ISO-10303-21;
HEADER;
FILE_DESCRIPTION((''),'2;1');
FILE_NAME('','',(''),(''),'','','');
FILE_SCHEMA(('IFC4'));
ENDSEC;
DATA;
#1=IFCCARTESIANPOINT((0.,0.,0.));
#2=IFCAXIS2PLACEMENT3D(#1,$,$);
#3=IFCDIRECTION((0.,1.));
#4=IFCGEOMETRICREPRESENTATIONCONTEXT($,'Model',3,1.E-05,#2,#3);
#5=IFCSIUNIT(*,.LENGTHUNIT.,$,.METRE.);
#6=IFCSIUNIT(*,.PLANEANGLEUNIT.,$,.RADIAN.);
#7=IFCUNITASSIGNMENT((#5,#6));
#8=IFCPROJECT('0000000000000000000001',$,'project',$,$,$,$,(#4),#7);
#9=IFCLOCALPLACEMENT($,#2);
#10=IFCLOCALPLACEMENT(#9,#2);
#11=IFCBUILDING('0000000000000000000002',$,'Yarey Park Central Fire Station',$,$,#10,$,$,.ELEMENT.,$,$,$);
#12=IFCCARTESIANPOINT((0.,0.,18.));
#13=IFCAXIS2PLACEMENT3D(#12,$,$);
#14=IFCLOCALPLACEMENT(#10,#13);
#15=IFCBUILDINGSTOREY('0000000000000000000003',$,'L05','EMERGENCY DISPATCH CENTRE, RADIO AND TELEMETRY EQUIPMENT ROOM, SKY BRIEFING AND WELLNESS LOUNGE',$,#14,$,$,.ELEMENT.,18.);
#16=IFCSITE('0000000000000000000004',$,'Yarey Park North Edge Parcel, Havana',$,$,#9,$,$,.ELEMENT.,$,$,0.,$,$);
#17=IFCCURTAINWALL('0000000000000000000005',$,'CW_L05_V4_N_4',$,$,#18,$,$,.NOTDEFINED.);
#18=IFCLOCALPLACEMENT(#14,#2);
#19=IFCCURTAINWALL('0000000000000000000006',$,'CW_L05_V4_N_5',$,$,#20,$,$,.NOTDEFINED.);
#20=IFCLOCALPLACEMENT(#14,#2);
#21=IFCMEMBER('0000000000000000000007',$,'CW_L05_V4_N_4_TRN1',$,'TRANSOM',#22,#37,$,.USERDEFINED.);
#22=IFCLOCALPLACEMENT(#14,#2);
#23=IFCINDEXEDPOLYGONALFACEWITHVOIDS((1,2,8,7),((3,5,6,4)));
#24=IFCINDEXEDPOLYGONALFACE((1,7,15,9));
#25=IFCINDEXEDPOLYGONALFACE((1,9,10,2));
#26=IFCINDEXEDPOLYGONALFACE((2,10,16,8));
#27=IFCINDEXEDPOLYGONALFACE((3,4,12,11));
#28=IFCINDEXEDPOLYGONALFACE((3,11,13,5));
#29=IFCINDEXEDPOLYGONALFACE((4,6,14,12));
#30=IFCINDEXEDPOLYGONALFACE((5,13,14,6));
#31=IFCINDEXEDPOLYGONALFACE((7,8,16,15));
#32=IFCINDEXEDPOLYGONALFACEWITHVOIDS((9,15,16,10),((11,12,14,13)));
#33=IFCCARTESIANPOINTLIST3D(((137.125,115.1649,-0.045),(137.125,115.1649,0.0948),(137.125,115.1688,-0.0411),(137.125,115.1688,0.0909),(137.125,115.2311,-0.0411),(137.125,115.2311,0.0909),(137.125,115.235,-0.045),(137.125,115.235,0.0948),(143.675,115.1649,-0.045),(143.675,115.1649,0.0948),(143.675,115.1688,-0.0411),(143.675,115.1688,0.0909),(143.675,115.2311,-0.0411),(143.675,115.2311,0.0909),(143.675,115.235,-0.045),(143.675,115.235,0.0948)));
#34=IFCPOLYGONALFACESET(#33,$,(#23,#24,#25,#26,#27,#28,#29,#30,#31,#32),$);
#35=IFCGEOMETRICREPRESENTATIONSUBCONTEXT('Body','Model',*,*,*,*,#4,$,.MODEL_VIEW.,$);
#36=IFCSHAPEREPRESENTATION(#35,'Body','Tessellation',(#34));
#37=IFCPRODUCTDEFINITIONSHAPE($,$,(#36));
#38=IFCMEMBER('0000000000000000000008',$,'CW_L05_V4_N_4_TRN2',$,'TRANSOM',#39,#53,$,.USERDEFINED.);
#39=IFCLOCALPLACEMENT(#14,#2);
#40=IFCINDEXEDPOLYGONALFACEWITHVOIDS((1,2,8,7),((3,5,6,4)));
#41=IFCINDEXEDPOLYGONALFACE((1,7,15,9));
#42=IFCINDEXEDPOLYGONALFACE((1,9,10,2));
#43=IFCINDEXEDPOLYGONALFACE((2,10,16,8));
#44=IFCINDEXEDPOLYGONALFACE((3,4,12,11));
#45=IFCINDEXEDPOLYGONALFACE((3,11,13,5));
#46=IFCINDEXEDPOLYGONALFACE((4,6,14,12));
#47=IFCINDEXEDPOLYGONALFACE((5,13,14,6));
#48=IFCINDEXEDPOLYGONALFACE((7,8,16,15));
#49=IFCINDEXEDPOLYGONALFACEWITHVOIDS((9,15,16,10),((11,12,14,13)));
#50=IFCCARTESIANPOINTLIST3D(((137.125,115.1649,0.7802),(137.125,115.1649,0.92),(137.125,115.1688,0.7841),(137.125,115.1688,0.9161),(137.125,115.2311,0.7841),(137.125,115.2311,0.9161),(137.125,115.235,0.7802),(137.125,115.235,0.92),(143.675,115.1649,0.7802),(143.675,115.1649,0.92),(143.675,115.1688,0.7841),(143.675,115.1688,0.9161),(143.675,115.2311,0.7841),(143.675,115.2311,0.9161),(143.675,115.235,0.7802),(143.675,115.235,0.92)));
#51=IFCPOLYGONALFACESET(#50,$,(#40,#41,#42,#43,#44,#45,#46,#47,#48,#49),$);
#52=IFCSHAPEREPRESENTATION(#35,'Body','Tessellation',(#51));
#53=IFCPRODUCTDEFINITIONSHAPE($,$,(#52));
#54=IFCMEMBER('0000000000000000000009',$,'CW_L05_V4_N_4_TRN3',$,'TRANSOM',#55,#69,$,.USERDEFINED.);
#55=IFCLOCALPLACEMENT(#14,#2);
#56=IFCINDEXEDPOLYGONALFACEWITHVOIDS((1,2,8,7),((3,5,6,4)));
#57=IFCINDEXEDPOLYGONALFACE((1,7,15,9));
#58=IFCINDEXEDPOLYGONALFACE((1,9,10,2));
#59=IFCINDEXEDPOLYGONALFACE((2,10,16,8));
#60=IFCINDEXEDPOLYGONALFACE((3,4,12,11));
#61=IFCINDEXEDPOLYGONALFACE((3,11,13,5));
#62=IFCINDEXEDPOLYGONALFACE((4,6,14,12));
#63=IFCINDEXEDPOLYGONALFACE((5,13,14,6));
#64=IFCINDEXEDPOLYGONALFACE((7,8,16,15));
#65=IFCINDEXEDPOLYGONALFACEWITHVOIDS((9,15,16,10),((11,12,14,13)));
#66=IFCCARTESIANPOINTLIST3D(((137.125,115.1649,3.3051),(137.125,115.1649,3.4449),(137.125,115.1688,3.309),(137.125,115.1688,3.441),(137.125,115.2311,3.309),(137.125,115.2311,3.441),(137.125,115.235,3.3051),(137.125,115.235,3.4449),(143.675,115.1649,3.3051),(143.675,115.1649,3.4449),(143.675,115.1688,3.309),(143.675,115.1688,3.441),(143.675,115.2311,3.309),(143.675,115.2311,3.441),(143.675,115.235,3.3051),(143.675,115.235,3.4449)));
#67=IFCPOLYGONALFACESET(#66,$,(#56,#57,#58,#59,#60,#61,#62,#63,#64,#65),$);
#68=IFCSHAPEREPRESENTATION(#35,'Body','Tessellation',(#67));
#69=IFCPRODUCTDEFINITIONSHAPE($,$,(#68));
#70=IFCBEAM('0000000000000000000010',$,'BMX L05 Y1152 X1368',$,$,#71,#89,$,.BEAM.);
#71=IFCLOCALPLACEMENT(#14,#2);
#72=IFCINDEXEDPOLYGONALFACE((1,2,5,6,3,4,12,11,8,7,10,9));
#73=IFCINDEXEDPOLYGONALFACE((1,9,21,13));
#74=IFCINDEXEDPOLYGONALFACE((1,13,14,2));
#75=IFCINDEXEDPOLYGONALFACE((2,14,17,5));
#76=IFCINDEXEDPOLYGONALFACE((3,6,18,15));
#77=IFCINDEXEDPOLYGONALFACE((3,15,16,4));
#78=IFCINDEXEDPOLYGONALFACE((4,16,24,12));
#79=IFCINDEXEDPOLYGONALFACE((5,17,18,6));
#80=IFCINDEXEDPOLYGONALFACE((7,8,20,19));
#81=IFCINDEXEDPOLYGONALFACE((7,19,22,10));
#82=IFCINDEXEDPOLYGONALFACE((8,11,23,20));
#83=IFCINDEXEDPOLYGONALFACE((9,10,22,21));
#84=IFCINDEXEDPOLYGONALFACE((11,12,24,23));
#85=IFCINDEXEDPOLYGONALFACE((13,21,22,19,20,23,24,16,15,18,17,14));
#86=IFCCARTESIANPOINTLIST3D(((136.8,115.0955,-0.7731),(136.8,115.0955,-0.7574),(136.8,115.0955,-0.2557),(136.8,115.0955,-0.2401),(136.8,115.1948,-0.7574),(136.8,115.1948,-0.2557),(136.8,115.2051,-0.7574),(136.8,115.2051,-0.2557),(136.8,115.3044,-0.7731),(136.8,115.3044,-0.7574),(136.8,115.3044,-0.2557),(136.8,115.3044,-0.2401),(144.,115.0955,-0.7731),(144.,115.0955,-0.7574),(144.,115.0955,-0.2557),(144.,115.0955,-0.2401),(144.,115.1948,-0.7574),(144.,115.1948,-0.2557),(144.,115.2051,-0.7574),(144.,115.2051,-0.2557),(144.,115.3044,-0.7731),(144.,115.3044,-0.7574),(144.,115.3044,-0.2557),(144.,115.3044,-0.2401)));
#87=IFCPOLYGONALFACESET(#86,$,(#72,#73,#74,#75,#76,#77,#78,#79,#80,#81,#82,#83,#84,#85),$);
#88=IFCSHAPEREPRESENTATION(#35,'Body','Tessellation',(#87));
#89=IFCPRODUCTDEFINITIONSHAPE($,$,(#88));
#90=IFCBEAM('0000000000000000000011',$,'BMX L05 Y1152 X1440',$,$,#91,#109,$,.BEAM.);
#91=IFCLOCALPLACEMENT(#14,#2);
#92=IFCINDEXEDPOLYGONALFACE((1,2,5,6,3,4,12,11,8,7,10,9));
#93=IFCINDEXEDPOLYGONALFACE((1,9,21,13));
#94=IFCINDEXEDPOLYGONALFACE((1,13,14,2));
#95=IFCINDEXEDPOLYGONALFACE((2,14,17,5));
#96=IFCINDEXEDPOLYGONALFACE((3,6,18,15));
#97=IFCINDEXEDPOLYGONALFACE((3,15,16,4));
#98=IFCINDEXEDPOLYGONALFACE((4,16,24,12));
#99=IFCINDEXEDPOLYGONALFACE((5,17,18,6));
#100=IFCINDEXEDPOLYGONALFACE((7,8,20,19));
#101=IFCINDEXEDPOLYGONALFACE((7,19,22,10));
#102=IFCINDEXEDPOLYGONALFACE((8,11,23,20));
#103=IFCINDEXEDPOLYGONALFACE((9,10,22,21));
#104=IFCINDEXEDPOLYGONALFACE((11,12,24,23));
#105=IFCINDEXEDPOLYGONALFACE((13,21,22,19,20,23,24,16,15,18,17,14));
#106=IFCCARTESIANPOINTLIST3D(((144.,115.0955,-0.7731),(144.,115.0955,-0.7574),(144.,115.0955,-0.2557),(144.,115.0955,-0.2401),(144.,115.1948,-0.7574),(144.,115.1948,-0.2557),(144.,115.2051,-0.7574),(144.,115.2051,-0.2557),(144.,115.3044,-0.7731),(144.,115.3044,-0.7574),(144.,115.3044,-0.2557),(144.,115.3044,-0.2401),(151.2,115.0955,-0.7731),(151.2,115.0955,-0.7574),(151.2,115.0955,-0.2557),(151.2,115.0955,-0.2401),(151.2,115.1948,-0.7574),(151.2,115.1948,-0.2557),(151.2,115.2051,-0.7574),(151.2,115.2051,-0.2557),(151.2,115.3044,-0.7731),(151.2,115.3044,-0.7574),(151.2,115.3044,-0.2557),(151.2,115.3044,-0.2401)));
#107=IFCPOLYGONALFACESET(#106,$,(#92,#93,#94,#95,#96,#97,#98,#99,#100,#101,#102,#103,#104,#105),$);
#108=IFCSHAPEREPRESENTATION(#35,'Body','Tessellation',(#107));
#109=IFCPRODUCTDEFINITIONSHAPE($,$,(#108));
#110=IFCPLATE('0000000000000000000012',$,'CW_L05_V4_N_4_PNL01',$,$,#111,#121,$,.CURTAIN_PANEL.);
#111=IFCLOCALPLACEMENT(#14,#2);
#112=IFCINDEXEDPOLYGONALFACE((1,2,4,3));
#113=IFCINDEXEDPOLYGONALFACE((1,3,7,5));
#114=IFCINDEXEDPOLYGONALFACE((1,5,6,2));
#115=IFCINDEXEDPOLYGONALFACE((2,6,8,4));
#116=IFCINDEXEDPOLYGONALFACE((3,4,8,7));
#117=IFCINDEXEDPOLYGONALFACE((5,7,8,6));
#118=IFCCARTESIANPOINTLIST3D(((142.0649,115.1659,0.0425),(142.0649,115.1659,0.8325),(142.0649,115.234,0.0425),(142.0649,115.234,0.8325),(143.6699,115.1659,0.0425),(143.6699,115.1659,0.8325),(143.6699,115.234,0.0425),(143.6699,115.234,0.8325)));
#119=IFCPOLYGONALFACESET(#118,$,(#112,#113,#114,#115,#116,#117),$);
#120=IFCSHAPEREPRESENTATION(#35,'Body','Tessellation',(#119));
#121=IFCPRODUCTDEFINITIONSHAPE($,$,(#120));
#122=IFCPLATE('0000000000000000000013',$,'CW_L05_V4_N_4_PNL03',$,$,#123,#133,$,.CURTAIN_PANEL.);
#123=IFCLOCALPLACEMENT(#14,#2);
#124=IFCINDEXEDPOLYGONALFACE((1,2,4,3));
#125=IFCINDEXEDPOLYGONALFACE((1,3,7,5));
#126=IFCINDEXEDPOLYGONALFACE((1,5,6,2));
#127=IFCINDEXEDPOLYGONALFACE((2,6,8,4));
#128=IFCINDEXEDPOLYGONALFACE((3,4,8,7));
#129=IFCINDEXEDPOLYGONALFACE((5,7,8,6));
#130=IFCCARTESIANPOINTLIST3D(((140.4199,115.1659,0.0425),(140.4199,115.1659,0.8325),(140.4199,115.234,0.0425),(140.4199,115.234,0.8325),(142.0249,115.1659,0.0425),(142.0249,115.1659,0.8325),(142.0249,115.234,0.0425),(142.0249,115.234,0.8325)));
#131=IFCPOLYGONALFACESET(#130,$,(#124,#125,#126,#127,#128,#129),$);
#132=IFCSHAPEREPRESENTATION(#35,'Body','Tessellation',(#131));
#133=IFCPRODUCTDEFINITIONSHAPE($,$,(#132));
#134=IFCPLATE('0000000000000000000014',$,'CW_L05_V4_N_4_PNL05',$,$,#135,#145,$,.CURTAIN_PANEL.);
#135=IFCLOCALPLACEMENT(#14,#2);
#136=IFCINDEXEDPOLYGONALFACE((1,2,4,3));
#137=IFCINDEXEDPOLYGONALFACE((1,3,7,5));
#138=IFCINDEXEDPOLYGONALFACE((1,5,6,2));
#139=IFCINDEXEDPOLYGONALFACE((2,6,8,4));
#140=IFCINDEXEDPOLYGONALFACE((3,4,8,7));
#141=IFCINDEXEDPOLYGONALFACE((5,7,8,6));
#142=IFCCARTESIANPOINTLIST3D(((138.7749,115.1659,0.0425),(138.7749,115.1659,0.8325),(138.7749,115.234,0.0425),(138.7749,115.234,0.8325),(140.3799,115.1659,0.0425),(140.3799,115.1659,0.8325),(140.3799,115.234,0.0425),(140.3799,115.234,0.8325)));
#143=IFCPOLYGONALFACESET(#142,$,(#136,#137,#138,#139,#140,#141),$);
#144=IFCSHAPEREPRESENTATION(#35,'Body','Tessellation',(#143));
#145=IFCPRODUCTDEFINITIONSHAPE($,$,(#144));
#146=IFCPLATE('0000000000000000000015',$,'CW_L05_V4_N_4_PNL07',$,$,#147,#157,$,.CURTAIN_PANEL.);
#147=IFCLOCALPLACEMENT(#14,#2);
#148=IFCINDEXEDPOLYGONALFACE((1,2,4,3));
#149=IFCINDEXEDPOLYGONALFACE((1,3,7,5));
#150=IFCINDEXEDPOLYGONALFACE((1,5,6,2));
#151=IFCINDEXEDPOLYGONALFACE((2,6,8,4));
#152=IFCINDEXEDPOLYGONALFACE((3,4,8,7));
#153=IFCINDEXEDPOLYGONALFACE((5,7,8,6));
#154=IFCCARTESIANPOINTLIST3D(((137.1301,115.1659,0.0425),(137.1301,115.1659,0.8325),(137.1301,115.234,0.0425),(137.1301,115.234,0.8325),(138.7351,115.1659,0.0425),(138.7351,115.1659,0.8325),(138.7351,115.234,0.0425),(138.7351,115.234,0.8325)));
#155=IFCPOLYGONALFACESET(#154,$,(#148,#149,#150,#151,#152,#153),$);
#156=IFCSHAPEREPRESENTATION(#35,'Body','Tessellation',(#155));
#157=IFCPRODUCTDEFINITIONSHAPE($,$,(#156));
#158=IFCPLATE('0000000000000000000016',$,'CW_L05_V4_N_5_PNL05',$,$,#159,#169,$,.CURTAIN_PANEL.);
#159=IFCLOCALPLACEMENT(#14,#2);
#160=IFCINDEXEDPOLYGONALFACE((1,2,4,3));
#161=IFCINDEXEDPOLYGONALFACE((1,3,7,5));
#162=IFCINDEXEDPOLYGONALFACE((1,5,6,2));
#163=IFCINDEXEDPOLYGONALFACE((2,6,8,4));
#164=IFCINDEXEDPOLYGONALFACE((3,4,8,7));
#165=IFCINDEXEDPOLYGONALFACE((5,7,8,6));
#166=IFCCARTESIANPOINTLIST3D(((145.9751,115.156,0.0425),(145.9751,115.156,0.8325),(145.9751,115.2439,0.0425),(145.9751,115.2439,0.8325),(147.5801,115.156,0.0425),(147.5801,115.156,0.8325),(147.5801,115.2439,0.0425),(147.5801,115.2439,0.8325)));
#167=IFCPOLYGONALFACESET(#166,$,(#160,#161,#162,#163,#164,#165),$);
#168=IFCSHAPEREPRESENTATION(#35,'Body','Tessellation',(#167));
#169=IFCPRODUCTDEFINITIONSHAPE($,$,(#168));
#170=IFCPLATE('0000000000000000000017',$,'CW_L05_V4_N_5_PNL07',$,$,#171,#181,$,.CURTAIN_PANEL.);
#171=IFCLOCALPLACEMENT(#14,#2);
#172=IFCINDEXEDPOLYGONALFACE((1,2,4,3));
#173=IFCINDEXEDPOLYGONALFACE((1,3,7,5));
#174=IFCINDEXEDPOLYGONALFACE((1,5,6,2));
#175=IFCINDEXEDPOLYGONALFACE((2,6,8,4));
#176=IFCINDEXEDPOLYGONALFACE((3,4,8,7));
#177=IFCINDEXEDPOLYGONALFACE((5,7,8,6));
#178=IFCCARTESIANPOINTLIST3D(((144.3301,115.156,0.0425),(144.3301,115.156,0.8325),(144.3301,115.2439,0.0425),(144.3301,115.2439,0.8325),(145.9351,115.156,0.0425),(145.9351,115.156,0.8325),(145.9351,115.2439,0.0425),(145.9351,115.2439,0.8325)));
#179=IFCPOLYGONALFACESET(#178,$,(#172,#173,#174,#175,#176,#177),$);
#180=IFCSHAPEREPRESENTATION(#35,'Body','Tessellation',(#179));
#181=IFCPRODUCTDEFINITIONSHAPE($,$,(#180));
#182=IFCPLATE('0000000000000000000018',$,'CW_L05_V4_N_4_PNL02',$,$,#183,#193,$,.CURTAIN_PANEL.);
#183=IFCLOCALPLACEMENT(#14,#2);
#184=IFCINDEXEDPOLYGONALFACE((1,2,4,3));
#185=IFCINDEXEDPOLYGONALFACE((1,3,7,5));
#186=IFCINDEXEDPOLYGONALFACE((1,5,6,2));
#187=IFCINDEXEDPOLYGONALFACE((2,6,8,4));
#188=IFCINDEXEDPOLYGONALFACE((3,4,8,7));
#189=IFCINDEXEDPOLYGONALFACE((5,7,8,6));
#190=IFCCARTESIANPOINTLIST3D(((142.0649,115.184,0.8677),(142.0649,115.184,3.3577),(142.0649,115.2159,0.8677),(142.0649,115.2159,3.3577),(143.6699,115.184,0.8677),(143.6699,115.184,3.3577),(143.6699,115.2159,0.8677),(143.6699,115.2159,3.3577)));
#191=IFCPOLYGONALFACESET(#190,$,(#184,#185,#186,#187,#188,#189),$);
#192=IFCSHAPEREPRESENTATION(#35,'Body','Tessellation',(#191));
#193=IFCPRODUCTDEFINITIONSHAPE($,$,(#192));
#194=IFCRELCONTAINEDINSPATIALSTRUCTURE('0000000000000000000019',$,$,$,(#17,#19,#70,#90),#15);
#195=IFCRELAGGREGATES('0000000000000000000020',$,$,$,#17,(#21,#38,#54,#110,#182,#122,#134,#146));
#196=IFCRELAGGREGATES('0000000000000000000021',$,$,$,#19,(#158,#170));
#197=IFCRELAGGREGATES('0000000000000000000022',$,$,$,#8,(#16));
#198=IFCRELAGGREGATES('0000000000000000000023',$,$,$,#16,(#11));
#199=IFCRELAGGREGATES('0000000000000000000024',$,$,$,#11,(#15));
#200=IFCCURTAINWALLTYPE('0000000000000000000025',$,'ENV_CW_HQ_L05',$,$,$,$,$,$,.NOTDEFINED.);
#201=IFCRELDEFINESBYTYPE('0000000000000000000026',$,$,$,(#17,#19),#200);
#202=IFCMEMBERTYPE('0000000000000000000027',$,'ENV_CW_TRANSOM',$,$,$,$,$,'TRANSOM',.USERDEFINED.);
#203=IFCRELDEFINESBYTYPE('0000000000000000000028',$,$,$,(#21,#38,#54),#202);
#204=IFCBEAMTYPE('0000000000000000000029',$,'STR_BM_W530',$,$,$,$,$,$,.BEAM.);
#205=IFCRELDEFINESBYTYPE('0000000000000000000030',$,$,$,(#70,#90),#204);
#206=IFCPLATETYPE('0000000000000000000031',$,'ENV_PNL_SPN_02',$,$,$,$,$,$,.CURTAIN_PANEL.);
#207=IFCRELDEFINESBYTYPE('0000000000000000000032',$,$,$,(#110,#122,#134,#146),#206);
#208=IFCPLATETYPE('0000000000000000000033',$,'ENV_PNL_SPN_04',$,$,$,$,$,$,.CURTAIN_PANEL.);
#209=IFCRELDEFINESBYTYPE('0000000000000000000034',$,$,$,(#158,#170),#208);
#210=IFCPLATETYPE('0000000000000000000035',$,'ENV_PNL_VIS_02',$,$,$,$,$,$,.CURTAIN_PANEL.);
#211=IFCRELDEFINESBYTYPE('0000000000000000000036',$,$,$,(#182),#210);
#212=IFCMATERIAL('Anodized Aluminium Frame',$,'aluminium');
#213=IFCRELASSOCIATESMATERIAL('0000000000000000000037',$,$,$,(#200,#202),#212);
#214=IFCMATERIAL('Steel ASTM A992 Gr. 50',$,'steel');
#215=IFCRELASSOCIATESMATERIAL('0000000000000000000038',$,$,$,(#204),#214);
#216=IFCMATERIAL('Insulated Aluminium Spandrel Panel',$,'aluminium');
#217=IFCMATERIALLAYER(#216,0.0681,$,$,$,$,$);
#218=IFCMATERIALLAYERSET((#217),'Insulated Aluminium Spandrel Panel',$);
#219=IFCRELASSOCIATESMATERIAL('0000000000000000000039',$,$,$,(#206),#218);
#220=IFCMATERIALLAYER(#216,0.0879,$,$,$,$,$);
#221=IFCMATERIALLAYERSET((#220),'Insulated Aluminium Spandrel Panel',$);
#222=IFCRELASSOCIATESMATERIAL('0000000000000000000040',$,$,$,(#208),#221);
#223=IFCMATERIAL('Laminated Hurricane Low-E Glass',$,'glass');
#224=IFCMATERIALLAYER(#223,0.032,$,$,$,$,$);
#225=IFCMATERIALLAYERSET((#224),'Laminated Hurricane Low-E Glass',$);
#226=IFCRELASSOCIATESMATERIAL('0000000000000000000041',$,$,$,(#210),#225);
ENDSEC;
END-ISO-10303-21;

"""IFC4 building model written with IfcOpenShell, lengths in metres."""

from ifc_helpers import new_model, si_unit, direction, frame, origin, origin_2d, place, context, subcontext, project, spatial, rectangle, hollow_rectangle, i_section, extrude, material, layer, layer_set, material_profile, profile_set, type_object, element, aggregate, save


model = new_model("IFC4")

# Units and contexts
model_context = context("Model", 3, precision=1e-05, world=origin(), true_north=direction((0.0, 1.0)))
body_context = subcontext(model_context, "Body", "Model", "MODEL_VIEW")
ifc_project = project(units=[si_unit("LENGTHUNIT", "METRE"), si_unit("PLANEANGLEUNIT", "RADIAN")], contexts=[model_context])

# Site, building, storey
site_placement = place(None, origin())
site = spatial("IfcSite", under=ifc_project, at=site_placement, Name="Yarey Park North Edge Parcel, Havana", CompositionType="ELEMENT", RefElevation=0.0)
building_placement = place(site_placement, origin())
building = spatial("IfcBuilding", under=site, at=building_placement, Name="Yarey Park Central Fire Station", CompositionType="ELEMENT")
storey_placement = place(building_placement, frame((0.0, 0.0, 18.0)))
storey = spatial("IfcBuildingStorey", under=building, at=storey_placement, Name="L05", Description="EMERGENCY DISPATCH CENTRE, RADIO AND TELEMETRY EQUIPMENT ROOM, SKY BRIEFING AND WELLNESS LOUNGE", CompositionType="ELEMENT", Elevation=18.0)

# Curtain walls
ifc_material_1 = material(Name="Anodized Aluminium Frame", Category="aluminium")
curtain_wall_type = type_object("IfcCurtainWallType", Name="ENV_CW_HQ_L05", PredefinedType="NOTDEFINED", material=ifc_material_1)
curtain_wall_1_placement = place(storey_placement, origin())
curtain_wall_1 = element("IfcCurtainWall", 1, at=curtain_wall_1_placement, inside=storey, type_object=curtain_wall_type, Name="CW_L05_V4_N_4", PredefinedType="NOTDEFINED")
curtain_wall_2_placement = place(storey_placement, origin())
curtain_wall_2 = element("IfcCurtainWall", 2, at=curtain_wall_2_placement, inside=storey, type_object=curtain_wall_type, Name="CW_L05_V4_N_5", PredefinedType="NOTDEFINED")
ifc_material_profile_1 = material_profile(ifc_material_1, hollow_rectangle(XDim=0.0701, YDim=0.1399, WallThickness=0.0039, at=origin_2d()), Name="ALU 140x70x4")
ifc_profile_set_1 = profile_set([ifc_material_profile_1], Name="Anodized Aluminium Frame")
member_type_1 = type_object("IfcMemberType", Name="ENV_CW_TRANSOM", ElementType="TRANSOM", PredefinedType="USERDEFINED", material=ifc_profile_set_1)

# Members
member_1_placement = place(storey_placement, frame((143.675, 115.2, 0.0249), z_axis=(-1.0, 0.0, 0.0), x_axis=(0.0, -1.0, 0.0)))
member_1 = element("IfcMember", 3, at=member_1_placement, type_object=member_type_1, Name="CW_L05_V4_N_4_TRN1", ObjectType="TRANSOM", PredefinedType="USERDEFINED", context=body_context, shape_type="SweptSolid", body=[
    extrude(hollow_rectangle(XDim=0.0701, YDim=0.1399, WallThickness=0.0039, at=origin_2d()), origin(), (0.0, 0.0, 1.0), 6.55),
])
member_2_placement = place(storey_placement, frame((143.675, 115.2, 0.8501), z_axis=(-1.0, 0.0, 0.0), x_axis=(0.0, -1.0, 0.0)))
member_2 = element("IfcMember", 4, at=member_2_placement, type_object=member_type_1, Name="CW_L05_V4_N_4_TRN2", ObjectType="TRANSOM", PredefinedType="USERDEFINED", context=body_context, shape_type="SweptSolid", body=[
    extrude(hollow_rectangle(XDim=0.0701, YDim=0.1399, WallThickness=0.0039, at=origin_2d()), origin(), (0.0, 0.0, 1.0), 6.55),
])
member_3_placement = place(storey_placement, frame((143.675, 115.2, 3.375), z_axis=(-1.0, 0.0, 0.0), x_axis=(0.0, -1.0, 0.0)))
member_3 = element("IfcMember", 5, at=member_3_placement, type_object=member_type_1, Name="CW_L05_V4_N_4_TRN3", ObjectType="TRANSOM", PredefinedType="USERDEFINED", context=body_context, shape_type="SweptSolid", body=[
    extrude(hollow_rectangle(XDim=0.0701, YDim=0.1399, WallThickness=0.0039, at=origin_2d()), origin(), (0.0, 0.0, 1.0), 6.55),
])

# Beams
ifc_material_2 = material(Name="Steel ASTM A992 Gr. 50", Category="steel")
ifc_material_profile_2 = material_profile(ifc_material_2, i_section(OverallWidth=0.209, OverallDepth=0.533, WebThickness=0.0103, FlangeThickness=0.0156, at=origin_2d()), Name="W530x92")
ifc_profile_set_2 = profile_set([ifc_material_profile_2], Name="Steel ASTM A992 Gr. 50")
beam_type = type_object("IfcBeamType", Name="STR_BM_W530", PredefinedType="BEAM", material=ifc_profile_set_2)
for number, where, z_axis, x_axis, name in (
    (6, (136.8, 115.2, -0.5066), (1.0, 0.0, 0.0), (0.0, 1.0, 0.0), "BMX L05 Y1152 X1368"),
    (7, (144.0, 115.2, -0.5066), (1.0, 0.0, 0.0), (0.0, 1.0, 0.0), "BMX L05 Y1152 X1440"),
):
    element("IfcBeam", number, at=place(storey_placement, frame(where, z_axis=z_axis, x_axis=x_axis)), inside=storey, type_object=beam_type, Name=name, PredefinedType="BEAM", context=body_context, shape_type="SweptSolid", body=[
        extrude(i_section(OverallWidth=0.209, OverallDepth=0.533, WebThickness=0.0103, FlangeThickness=0.0156, at=origin_2d()), origin(), (0.0, 0.0, 1.0), 7.2),
    ])

# Plates
ifc_material_3 = material(Name="Insulated Aluminium Spandrel Panel", Category="aluminium")
ifc_layer_1 = layer(ifc_material_3, 0.0681)
ifc_layer_set_1 = layer_set([ifc_layer_1], Name="Insulated Aluminium Spandrel Panel")
plate_type_1 = type_object("IfcPlateType", Name="ENV_PNL_SPN_02", PredefinedType="CURTAIN_PANEL", material=ifc_layer_set_1)
plate_1_placement = place(storey_placement, frame((142.8674, 115.2, 0.0425), z_axis=(0.0, 0.0, 1.0), x_axis=(-1.0, 0.0, 0.0)))
plate_1 = element("IfcPlate", 8, at=plate_1_placement, type_object=plate_type_1, Name="CW_L05_V4_N_4_PNL01", PredefinedType="CURTAIN_PANEL", context=body_context, shape_type="SweptSolid", body=[
    extrude(rectangle(XDim=1.605, YDim=0.0681, at=origin_2d()), origin(), (0.0, 0.0, 1.0), 0.79),
])
plate_2_placement = place(storey_placement, frame((141.2224, 115.2, 0.0425), z_axis=(0.0, 0.0, 1.0), x_axis=(-1.0, 0.0, 0.0)))
plate_2 = element("IfcPlate", 9, at=plate_2_placement, type_object=plate_type_1, Name="CW_L05_V4_N_4_PNL03", PredefinedType="CURTAIN_PANEL", context=body_context, shape_type="SweptSolid", body=[
    extrude(rectangle(XDim=1.605, YDim=0.0681, at=origin_2d()), origin(), (0.0, 0.0, 1.0), 0.79),
])
plate_3_placement = place(storey_placement, frame((139.5774, 115.2, 0.0425), z_axis=(0.0, 0.0, 1.0), x_axis=(-1.0, 0.0, 0.0)))
plate_3 = element("IfcPlate", 10, at=plate_3_placement, type_object=plate_type_1, Name="CW_L05_V4_N_4_PNL05", PredefinedType="CURTAIN_PANEL", context=body_context, shape_type="SweptSolid", body=[
    extrude(rectangle(XDim=1.605, YDim=0.0681, at=origin_2d()), origin(), (0.0, 0.0, 1.0), 0.79),
])
plate_4_placement = place(storey_placement, frame((137.9326, 115.2, 0.0425), z_axis=(0.0, 0.0, 1.0), x_axis=(-1.0, 0.0, 0.0)))
plate_4 = element("IfcPlate", 11, at=plate_4_placement, type_object=plate_type_1, Name="CW_L05_V4_N_4_PNL07", PredefinedType="CURTAIN_PANEL", context=body_context, shape_type="SweptSolid", body=[
    extrude(rectangle(XDim=1.605, YDim=0.0681, at=origin_2d()), origin(), (0.0, 0.0, 1.0), 0.79),
])
ifc_layer_2 = layer(ifc_material_3, 0.0879)
ifc_layer_set_2 = layer_set([ifc_layer_2], Name="Insulated Aluminium Spandrel Panel")
plate_type_2 = type_object("IfcPlateType", Name="ENV_PNL_SPN_04", PredefinedType="CURTAIN_PANEL", material=ifc_layer_set_2)
plate_5_placement = place(storey_placement, frame((146.7776, 115.2, 0.0425), z_axis=(0.0, 0.0, 1.0), x_axis=(-1.0, 0.0, 0.0)))
plate_5 = element("IfcPlate", 12, at=plate_5_placement, type_object=plate_type_2, Name="CW_L05_V4_N_5_PNL05", PredefinedType="CURTAIN_PANEL", context=body_context, shape_type="SweptSolid", body=[
    extrude(rectangle(XDim=1.605, YDim=0.0879, at=origin_2d()), origin(), (0.0, 0.0, 1.0), 0.79),
])
plate_6_placement = place(storey_placement, frame((145.1326, 115.2, 0.0425), z_axis=(0.0, 0.0, 1.0), x_axis=(-1.0, 0.0, 0.0)))
plate_6 = element("IfcPlate", 13, at=plate_6_placement, type_object=plate_type_2, Name="CW_L05_V4_N_5_PNL07", PredefinedType="CURTAIN_PANEL", context=body_context, shape_type="SweptSolid", body=[
    extrude(rectangle(XDim=1.605, YDim=0.0879, at=origin_2d()), origin(), (0.0, 0.0, 1.0), 0.79),
])
ifc_material_4 = material(Name="Laminated Hurricane Low-E Glass", Category="glass")
ifc_layer_3 = layer(ifc_material_4, 0.032)
ifc_layer_set_3 = layer_set([ifc_layer_3], Name="Laminated Hurricane Low-E Glass")
plate_type_3 = type_object("IfcPlateType", Name="ENV_PNL_VIS_02", PredefinedType="CURTAIN_PANEL", material=ifc_layer_set_3)
plate_7_placement = place(storey_placement, frame((142.8674, 115.2, 0.8677), z_axis=(0.0, 0.0, 1.0), x_axis=(-1.0, 0.0, 0.0)))
plate_7 = element("IfcPlate", 14, at=plate_7_placement, type_object=plate_type_3, Name="CW_L05_V4_N_4_PNL02", PredefinedType="CURTAIN_PANEL", context=body_context, shape_type="SweptSolid", body=[
    extrude(rectangle(XDim=1.605, YDim=0.032, at=origin_2d()), origin(), (0.0, 0.0, 1.0), 2.49),
])
aggregate(curtain_wall_1, [member_1, member_2, member_3, plate_1, plate_7, plate_2, plate_3, plate_4])
aggregate(curtain_wall_2, [plate_5, plate_6])

save(model, "model.ifc")
